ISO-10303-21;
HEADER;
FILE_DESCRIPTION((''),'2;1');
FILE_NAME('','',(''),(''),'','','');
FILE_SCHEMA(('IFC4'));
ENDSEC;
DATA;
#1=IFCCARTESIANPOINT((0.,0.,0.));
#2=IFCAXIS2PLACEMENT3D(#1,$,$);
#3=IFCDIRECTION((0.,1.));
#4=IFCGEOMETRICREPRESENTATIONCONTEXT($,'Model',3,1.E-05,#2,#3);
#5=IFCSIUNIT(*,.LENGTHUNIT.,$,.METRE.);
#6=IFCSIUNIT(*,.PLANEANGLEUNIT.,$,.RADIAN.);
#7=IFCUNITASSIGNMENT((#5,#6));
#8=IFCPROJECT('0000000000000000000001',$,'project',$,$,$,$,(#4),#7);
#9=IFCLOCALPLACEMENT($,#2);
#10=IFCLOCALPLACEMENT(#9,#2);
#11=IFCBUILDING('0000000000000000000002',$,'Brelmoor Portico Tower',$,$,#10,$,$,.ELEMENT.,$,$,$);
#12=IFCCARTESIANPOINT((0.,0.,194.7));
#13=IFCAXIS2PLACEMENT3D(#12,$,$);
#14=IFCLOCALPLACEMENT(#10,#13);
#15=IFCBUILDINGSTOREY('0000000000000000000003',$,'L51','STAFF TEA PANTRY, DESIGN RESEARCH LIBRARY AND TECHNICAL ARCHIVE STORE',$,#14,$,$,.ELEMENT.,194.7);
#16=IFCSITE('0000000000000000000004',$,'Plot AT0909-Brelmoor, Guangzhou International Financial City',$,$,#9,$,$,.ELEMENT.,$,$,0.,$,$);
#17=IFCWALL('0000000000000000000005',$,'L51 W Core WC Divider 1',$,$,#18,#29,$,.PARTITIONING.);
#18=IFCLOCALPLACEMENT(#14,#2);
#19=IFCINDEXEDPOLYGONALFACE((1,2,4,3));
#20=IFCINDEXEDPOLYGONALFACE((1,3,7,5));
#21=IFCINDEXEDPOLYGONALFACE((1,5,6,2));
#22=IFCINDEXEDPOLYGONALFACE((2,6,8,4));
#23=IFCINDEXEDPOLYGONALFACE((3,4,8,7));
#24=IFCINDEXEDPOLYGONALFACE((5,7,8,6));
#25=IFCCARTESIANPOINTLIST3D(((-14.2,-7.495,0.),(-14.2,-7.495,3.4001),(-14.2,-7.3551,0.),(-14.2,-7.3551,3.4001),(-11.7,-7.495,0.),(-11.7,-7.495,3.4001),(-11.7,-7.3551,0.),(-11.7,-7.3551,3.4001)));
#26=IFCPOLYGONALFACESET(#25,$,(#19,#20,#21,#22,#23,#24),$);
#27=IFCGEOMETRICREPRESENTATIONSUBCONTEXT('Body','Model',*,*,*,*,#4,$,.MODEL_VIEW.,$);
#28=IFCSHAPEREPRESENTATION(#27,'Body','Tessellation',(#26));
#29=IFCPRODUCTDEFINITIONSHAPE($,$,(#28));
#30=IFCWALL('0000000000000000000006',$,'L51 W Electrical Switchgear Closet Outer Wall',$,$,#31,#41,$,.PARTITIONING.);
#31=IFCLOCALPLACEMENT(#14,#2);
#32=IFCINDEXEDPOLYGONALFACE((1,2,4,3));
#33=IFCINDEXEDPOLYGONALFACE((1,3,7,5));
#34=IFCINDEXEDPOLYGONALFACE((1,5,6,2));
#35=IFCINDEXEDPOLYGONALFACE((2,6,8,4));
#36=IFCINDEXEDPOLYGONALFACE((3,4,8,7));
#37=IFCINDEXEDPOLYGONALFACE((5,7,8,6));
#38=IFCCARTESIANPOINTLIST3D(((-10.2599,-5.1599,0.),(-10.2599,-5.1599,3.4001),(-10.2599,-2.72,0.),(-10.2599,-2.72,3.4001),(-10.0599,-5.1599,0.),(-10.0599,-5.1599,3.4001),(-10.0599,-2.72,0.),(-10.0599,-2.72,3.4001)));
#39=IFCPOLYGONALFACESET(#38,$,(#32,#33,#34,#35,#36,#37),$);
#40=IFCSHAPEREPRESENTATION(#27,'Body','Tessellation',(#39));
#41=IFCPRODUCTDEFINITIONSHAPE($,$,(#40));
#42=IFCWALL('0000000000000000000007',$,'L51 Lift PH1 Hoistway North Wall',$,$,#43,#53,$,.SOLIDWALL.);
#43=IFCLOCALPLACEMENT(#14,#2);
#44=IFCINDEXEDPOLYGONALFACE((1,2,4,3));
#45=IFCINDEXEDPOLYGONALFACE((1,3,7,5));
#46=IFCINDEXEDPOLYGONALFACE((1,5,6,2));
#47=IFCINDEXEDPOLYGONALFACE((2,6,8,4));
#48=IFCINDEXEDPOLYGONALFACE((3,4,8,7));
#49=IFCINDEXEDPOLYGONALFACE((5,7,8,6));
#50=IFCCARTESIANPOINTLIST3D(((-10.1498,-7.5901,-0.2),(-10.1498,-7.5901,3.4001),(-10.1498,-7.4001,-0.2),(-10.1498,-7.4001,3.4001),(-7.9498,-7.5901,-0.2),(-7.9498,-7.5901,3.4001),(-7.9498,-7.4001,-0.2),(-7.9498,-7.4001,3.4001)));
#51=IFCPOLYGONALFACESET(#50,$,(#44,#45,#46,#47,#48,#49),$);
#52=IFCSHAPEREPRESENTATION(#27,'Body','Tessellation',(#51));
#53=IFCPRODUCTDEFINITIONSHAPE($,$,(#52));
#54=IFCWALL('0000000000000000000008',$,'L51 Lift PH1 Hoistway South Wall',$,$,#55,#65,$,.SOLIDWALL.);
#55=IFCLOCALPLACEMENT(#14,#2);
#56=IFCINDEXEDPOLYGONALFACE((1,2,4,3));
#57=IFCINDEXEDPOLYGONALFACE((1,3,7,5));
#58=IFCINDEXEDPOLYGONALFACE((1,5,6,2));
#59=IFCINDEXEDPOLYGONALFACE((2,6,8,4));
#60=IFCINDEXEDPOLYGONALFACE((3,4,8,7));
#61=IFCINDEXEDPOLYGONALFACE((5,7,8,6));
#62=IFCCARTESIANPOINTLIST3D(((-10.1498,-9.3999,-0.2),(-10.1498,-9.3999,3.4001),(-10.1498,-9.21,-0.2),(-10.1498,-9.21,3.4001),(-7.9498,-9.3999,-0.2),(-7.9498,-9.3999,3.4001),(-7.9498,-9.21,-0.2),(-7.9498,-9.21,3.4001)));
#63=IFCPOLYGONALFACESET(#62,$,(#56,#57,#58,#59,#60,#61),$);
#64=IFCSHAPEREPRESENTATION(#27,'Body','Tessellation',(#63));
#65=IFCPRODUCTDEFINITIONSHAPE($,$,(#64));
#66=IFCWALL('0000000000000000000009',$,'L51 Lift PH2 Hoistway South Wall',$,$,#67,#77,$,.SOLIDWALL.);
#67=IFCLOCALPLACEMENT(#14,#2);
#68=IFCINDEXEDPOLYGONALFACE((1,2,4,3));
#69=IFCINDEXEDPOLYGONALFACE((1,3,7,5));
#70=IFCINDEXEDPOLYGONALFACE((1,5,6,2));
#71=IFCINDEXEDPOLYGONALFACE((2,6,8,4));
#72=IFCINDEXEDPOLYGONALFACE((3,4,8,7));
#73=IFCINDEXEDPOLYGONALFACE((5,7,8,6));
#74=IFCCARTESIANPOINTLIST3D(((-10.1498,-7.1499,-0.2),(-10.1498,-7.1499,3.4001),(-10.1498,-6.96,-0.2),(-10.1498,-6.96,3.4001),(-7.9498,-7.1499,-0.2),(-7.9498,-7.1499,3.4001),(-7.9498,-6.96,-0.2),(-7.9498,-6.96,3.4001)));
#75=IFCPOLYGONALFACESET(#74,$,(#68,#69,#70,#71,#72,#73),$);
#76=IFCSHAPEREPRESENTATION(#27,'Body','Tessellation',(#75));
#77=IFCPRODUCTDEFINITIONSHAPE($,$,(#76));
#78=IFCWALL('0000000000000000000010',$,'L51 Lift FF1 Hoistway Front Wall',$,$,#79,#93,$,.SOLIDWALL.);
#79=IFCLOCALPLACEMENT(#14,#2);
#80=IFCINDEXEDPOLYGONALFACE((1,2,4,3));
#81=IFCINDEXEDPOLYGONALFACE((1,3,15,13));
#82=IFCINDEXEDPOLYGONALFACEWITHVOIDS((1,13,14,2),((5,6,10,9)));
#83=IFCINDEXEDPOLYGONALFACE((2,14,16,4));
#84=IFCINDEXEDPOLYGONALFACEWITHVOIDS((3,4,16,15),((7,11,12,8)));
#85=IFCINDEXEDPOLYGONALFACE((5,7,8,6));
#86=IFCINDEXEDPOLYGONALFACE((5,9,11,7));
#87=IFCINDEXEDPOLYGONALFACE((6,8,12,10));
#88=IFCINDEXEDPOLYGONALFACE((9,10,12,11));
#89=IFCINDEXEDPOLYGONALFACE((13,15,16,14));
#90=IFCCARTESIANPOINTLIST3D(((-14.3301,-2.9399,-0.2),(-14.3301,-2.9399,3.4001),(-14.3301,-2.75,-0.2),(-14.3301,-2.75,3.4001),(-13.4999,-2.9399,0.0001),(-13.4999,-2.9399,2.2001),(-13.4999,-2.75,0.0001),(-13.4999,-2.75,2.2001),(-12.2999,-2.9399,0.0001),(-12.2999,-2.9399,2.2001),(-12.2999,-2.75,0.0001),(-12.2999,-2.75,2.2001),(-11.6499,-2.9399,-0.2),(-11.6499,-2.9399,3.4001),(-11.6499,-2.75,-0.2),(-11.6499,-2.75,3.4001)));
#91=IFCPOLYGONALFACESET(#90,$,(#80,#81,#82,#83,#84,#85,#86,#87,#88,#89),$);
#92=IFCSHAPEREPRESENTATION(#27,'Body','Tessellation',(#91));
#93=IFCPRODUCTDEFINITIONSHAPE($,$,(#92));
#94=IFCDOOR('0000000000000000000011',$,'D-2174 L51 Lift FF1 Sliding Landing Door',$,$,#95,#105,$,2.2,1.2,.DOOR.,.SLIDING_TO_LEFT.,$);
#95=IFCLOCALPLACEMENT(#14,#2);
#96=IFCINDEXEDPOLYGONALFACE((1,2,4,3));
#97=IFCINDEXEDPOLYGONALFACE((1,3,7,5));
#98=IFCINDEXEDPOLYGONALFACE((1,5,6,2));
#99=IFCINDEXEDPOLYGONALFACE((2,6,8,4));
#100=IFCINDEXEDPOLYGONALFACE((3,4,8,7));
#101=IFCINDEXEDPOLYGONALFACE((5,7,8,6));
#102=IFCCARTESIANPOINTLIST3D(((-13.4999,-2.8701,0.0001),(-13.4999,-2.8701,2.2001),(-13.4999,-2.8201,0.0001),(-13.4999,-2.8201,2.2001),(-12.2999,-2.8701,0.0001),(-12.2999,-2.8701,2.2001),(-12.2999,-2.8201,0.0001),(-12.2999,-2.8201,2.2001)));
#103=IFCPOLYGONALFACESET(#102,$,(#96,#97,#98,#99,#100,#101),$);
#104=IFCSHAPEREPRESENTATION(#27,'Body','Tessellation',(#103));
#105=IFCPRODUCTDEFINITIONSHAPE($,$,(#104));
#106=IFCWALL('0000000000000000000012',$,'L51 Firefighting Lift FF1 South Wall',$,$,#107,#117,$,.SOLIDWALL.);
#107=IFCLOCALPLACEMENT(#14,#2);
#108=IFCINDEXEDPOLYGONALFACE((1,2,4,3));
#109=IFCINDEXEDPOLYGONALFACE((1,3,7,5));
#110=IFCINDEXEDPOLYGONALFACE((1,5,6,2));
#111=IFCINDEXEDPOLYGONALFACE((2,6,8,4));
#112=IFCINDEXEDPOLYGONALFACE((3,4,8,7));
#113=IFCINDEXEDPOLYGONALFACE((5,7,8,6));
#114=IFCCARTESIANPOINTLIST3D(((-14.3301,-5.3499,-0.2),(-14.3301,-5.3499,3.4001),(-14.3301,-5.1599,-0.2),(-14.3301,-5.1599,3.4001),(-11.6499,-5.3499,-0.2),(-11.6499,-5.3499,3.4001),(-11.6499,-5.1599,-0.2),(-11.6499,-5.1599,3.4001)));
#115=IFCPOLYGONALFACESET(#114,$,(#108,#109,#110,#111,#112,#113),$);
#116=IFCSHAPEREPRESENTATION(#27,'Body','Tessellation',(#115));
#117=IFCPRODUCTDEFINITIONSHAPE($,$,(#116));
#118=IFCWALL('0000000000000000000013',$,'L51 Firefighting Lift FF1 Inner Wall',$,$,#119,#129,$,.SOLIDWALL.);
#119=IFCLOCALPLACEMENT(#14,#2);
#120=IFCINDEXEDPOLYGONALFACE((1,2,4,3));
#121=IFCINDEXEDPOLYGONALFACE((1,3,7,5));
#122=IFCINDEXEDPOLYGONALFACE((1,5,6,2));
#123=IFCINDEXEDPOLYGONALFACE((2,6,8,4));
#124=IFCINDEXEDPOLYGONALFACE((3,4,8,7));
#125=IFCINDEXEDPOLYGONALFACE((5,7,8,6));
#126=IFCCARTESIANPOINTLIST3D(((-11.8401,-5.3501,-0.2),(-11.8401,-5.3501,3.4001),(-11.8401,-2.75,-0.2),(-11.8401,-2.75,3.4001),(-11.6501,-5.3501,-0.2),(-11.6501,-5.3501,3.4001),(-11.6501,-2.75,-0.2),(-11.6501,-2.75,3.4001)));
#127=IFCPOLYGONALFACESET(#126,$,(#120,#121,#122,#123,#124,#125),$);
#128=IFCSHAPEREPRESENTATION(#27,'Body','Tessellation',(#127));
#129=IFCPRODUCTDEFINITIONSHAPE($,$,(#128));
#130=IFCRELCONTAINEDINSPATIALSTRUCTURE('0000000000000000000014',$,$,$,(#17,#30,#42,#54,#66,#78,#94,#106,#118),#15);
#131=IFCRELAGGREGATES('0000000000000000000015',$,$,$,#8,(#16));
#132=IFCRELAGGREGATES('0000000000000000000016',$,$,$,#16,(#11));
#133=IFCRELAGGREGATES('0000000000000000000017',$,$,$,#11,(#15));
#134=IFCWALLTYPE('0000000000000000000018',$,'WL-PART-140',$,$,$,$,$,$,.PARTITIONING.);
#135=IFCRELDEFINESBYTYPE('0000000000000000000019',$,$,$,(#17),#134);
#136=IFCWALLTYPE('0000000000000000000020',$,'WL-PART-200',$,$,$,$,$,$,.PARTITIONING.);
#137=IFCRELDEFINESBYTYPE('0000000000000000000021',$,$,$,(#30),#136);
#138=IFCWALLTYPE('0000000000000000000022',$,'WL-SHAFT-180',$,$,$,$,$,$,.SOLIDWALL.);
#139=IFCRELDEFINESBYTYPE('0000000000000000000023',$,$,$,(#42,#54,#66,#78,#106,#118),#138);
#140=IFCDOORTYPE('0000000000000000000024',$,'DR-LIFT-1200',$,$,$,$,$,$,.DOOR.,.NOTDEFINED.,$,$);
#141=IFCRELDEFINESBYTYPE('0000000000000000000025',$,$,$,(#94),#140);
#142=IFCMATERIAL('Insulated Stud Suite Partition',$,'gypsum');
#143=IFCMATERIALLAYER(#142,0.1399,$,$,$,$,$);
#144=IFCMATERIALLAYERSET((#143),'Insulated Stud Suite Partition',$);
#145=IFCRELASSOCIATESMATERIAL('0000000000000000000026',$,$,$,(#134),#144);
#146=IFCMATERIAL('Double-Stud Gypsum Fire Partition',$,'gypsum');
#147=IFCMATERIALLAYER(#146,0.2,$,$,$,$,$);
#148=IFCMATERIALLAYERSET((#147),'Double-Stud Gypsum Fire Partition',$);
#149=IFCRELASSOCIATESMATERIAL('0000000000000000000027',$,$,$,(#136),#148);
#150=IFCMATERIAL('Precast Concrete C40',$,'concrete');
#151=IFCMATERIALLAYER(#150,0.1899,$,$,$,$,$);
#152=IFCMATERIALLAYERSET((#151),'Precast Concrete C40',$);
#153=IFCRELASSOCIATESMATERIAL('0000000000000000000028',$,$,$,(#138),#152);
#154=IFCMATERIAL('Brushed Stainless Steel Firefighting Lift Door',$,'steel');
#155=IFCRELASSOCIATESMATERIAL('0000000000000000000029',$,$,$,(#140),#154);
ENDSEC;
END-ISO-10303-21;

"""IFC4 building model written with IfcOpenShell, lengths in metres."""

from ifc_helpers import new_model, si_unit, direction, frame, frame_2d, origin, place, context, subcontext, project, spatial, rectangle, extrude, material, layer, layer_set, type_object, element, fill, save


model = new_model("IFC4")

# Units and contexts
model_context = context("Model", 3, precision=1e-05, world=origin(), true_north=direction((0.0, 1.0)))
body_context = subcontext(model_context, "Body", "Model", "MODEL_VIEW")
ifc_project = project(units=[si_unit("LENGTHUNIT", "METRE"), si_unit("PLANEANGLEUNIT", "RADIAN")], contexts=[model_context])

# Site, building, storey
site_placement = place(None, origin())
site = spatial("IfcSite", under=ifc_project, at=site_placement, Name="Plot AT0909-Brelmoor, Guangzhou International Financial City", CompositionType="ELEMENT", RefElevation=0.0)
building_placement = place(site_placement, origin())
building = spatial("IfcBuilding", under=site, at=building_placement, Name="Brelmoor Portico Tower", CompositionType="ELEMENT")
storey_placement = place(building_placement, frame((0.0, 0.0, 194.7)))
storey = spatial("IfcBuildingStorey", under=building, at=storey_placement, Name="L51", Description="STAFF TEA PANTRY, DESIGN RESEARCH LIBRARY AND TECHNICAL ARCHIVE STORE", CompositionType="ELEMENT", Elevation=194.7)

# Wall
ifc_material_1 = material(Name="Insulated Stud Suite Partition", Category="gypsum")
ifc_layer_1 = layer(ifc_material_1, 0.1399)
ifc_layer_set_1 = layer_set([ifc_layer_1], Name="Insulated Stud Suite Partition")
wall_type_1 = type_object("IfcWallType", Name="WL-PART-140", PredefinedType="PARTITIONING", material=ifc_layer_set_1)
wall_1_placement = place(storey_placement, frame((-11.7, -7.425, 0.0), z_axis=(0.0, 0.0, 1.0), x_axis=(-1.0, 0.0, 0.0)))
element("IfcWall", 1, at=wall_1_placement, inside=storey, type_object=wall_type_1, Name="L51 W Core WC Divider 1", PredefinedType="PARTITIONING", context=body_context, shape_type="SweptSolid", body=[
    extrude(rectangle(XDim=2.5, YDim=0.1399, at=frame_2d((1.25, 0.0))), origin(), (0.0, 0.0, 1.0), 3.4001),
])

# Shared definitions
ifc_material_2 = material(Name="Double-Stud Gypsum Fire Partition", Category="gypsum")
ifc_layer_2 = layer(ifc_material_2, 0.2)
ifc_layer_set_2 = layer_set([ifc_layer_2], Name="Double-Stud Gypsum Fire Partition")
wall_type_2 = type_object("IfcWallType", Name="WL-PART-200", PredefinedType="PARTITIONING", material=ifc_layer_set_2)

# Walls
wall_2_placement = place(storey_placement, frame((-10.1599, -5.1599, 0.0), z_axis=(0.0, 0.0, 1.0), x_axis=(0.0, 1.0, 0.0)))
element("IfcWall", 2, at=wall_2_placement, inside=storey, type_object=wall_type_2, Name="L51 W Electrical Switchgear Closet Outer Wall", PredefinedType="PARTITIONING", context=body_context, shape_type="SweptSolid", body=[
    extrude(rectangle(XDim=2.4399, YDim=0.2, at=frame_2d((1.22, 0.0))), origin(), (0.0, 0.0, 1.0), 3.4001),
])
ifc_material_3 = material(Name="Precast Concrete C40", Category="concrete")
ifc_layer_3 = layer(ifc_material_3, 0.1899)
ifc_layer_set_3 = layer_set([ifc_layer_3], Name="Precast Concrete C40")
wall_type_3 = type_object("IfcWallType", Name="WL-SHAFT-180", PredefinedType="SOLIDWALL", material=ifc_layer_set_3)
for number, where, z_axis, x_axis, name in (
    (3, (-10.1499, -7.4951, -0.2), (0.0, 0.0, 1.0), (1.0, 0.0, 0.0), "L51 Lift PH1 Hoistway North Wall"),
    (4, (-10.1499, -9.3049, -0.2), (0.0, 0.0, 1.0), (1.0, 0.0, 0.0), "L51 Lift PH1 Hoistway South Wall"),
    (5, (-10.1499, -7.0549, -0.2), (0.0, 0.0, 1.0), (1.0, 0.0, 0.0), "L51 Lift PH2 Hoistway South Wall"),
):
    element("IfcWall", number, at=place(storey_placement, frame(where, z_axis=z_axis, x_axis=x_axis)), inside=storey, type_object=wall_type_3, Name=name, PredefinedType="SOLIDWALL", context=body_context, shape_type="SweptSolid", body=[
        extrude(rectangle(XDim=2.2, YDim=0.1899, at=frame_2d((1.1001, 0.0))), origin(), (0.0, 0.0, 1.0), 3.6001),
    ])

# Wall, opening, door
wall_3_placement = place(storey_placement, frame((-14.3301, -2.845, -0.2), z_axis=(0.0, 0.0, 1.0), x_axis=(1.0, 0.0, 0.0)))
wall_3 = element("IfcWall", 6, at=wall_3_placement, inside=storey, type_object=wall_type_3, Name="L51 Lift FF1 Hoistway Front Wall", PredefinedType="SOLIDWALL", context=body_context, shape_type="SweptSolid", body=[
    extrude(rectangle(XDim=2.6802, YDim=0.1899, at=frame_2d((1.3401, 0.0))), origin(), (0.0, 0.0, 1.0), 3.6001),
])
opening_1_placement = place(wall_3_placement, frame((0.8301, 0.0, 0.2)))
opening_1 = element("IfcOpeningElement", 7, at=opening_1_placement, cuts=wall_3, PredefinedType="OPENING", context=body_context, shape_type="SweptSolid", body=[
    extrude(rectangle(XDim=1.2, YDim=2.2, at=frame_2d((0.6001, 1.1001))), frame((0.0, 0.105, 0.0), z_axis=(0.0, -1.0, 0.0), x_axis=(1.0, 0.0, 0.0)), (0.0, 0.0, 1.0), 0.21),
])
ifc_material_4 = material(Name="Brushed Stainless Steel Firefighting Lift Door", Category="steel")
door_type_1 = type_object("IfcDoorType", Name="DR-LIFT-1200", OperationType="NOTDEFINED", PredefinedType="DOOR", material=ifc_material_4)
door_1_placement = place(opening_1_placement, origin())
door_1 = element("IfcDoor", 8, at=door_1_placement, inside=storey, type_object=door_type_1, Name="D-2174 L51 Lift FF1 Sliding Landing Door", OperationType="SLIDING_TO_LEFT", OverallHeight=2.2, OverallWidth=1.2, PredefinedType="DOOR", context=body_context, shape_type="SweptSolid", body=[
    extrude(rectangle(XDim=1.2, YDim=2.2, at=frame_2d((0.6001, 1.1001))), frame((0.0, 0.0249, 0.0), z_axis=(0.0, -1.0, 0.0), x_axis=(1.0, 0.0, 0.0)), (0.0, 0.0, 1.0), 0.05),
])
fill(opening_1, door_1)

# Walls
wall_4_placement = place(storey_placement, frame((-14.3301, -5.2549, -0.2), z_axis=(0.0, 0.0, 1.0), x_axis=(1.0, 0.0, 0.0)))
element("IfcWall", 9, at=wall_4_placement, inside=storey, type_object=wall_type_3, Name="L51 Firefighting Lift FF1 South Wall", PredefinedType="SOLIDWALL", context=body_context, shape_type="SweptSolid", body=[
    extrude(rectangle(XDim=2.6802, YDim=0.1899, at=frame_2d((1.3401, 0.0))), origin(), (0.0, 0.0, 1.0), 3.6001),
])
wall_5_placement = place(storey_placement, frame((-11.7451, -5.3501, -0.2), z_axis=(0.0, 0.0, 1.0), x_axis=(0.0, 1.0, 0.0)))
element("IfcWall", 10, at=wall_5_placement, inside=storey, type_object=wall_type_3, Name="L51 Firefighting Lift FF1 Inner Wall", PredefinedType="SOLIDWALL", context=body_context, shape_type="SweptSolid", body=[
    extrude(rectangle(XDim=2.6001, YDim=0.1899, at=frame_2d((1.3, 0.0))), origin(), (0.0, 0.0, 1.0), 3.6001),
])

save(model, "model.ifc")
